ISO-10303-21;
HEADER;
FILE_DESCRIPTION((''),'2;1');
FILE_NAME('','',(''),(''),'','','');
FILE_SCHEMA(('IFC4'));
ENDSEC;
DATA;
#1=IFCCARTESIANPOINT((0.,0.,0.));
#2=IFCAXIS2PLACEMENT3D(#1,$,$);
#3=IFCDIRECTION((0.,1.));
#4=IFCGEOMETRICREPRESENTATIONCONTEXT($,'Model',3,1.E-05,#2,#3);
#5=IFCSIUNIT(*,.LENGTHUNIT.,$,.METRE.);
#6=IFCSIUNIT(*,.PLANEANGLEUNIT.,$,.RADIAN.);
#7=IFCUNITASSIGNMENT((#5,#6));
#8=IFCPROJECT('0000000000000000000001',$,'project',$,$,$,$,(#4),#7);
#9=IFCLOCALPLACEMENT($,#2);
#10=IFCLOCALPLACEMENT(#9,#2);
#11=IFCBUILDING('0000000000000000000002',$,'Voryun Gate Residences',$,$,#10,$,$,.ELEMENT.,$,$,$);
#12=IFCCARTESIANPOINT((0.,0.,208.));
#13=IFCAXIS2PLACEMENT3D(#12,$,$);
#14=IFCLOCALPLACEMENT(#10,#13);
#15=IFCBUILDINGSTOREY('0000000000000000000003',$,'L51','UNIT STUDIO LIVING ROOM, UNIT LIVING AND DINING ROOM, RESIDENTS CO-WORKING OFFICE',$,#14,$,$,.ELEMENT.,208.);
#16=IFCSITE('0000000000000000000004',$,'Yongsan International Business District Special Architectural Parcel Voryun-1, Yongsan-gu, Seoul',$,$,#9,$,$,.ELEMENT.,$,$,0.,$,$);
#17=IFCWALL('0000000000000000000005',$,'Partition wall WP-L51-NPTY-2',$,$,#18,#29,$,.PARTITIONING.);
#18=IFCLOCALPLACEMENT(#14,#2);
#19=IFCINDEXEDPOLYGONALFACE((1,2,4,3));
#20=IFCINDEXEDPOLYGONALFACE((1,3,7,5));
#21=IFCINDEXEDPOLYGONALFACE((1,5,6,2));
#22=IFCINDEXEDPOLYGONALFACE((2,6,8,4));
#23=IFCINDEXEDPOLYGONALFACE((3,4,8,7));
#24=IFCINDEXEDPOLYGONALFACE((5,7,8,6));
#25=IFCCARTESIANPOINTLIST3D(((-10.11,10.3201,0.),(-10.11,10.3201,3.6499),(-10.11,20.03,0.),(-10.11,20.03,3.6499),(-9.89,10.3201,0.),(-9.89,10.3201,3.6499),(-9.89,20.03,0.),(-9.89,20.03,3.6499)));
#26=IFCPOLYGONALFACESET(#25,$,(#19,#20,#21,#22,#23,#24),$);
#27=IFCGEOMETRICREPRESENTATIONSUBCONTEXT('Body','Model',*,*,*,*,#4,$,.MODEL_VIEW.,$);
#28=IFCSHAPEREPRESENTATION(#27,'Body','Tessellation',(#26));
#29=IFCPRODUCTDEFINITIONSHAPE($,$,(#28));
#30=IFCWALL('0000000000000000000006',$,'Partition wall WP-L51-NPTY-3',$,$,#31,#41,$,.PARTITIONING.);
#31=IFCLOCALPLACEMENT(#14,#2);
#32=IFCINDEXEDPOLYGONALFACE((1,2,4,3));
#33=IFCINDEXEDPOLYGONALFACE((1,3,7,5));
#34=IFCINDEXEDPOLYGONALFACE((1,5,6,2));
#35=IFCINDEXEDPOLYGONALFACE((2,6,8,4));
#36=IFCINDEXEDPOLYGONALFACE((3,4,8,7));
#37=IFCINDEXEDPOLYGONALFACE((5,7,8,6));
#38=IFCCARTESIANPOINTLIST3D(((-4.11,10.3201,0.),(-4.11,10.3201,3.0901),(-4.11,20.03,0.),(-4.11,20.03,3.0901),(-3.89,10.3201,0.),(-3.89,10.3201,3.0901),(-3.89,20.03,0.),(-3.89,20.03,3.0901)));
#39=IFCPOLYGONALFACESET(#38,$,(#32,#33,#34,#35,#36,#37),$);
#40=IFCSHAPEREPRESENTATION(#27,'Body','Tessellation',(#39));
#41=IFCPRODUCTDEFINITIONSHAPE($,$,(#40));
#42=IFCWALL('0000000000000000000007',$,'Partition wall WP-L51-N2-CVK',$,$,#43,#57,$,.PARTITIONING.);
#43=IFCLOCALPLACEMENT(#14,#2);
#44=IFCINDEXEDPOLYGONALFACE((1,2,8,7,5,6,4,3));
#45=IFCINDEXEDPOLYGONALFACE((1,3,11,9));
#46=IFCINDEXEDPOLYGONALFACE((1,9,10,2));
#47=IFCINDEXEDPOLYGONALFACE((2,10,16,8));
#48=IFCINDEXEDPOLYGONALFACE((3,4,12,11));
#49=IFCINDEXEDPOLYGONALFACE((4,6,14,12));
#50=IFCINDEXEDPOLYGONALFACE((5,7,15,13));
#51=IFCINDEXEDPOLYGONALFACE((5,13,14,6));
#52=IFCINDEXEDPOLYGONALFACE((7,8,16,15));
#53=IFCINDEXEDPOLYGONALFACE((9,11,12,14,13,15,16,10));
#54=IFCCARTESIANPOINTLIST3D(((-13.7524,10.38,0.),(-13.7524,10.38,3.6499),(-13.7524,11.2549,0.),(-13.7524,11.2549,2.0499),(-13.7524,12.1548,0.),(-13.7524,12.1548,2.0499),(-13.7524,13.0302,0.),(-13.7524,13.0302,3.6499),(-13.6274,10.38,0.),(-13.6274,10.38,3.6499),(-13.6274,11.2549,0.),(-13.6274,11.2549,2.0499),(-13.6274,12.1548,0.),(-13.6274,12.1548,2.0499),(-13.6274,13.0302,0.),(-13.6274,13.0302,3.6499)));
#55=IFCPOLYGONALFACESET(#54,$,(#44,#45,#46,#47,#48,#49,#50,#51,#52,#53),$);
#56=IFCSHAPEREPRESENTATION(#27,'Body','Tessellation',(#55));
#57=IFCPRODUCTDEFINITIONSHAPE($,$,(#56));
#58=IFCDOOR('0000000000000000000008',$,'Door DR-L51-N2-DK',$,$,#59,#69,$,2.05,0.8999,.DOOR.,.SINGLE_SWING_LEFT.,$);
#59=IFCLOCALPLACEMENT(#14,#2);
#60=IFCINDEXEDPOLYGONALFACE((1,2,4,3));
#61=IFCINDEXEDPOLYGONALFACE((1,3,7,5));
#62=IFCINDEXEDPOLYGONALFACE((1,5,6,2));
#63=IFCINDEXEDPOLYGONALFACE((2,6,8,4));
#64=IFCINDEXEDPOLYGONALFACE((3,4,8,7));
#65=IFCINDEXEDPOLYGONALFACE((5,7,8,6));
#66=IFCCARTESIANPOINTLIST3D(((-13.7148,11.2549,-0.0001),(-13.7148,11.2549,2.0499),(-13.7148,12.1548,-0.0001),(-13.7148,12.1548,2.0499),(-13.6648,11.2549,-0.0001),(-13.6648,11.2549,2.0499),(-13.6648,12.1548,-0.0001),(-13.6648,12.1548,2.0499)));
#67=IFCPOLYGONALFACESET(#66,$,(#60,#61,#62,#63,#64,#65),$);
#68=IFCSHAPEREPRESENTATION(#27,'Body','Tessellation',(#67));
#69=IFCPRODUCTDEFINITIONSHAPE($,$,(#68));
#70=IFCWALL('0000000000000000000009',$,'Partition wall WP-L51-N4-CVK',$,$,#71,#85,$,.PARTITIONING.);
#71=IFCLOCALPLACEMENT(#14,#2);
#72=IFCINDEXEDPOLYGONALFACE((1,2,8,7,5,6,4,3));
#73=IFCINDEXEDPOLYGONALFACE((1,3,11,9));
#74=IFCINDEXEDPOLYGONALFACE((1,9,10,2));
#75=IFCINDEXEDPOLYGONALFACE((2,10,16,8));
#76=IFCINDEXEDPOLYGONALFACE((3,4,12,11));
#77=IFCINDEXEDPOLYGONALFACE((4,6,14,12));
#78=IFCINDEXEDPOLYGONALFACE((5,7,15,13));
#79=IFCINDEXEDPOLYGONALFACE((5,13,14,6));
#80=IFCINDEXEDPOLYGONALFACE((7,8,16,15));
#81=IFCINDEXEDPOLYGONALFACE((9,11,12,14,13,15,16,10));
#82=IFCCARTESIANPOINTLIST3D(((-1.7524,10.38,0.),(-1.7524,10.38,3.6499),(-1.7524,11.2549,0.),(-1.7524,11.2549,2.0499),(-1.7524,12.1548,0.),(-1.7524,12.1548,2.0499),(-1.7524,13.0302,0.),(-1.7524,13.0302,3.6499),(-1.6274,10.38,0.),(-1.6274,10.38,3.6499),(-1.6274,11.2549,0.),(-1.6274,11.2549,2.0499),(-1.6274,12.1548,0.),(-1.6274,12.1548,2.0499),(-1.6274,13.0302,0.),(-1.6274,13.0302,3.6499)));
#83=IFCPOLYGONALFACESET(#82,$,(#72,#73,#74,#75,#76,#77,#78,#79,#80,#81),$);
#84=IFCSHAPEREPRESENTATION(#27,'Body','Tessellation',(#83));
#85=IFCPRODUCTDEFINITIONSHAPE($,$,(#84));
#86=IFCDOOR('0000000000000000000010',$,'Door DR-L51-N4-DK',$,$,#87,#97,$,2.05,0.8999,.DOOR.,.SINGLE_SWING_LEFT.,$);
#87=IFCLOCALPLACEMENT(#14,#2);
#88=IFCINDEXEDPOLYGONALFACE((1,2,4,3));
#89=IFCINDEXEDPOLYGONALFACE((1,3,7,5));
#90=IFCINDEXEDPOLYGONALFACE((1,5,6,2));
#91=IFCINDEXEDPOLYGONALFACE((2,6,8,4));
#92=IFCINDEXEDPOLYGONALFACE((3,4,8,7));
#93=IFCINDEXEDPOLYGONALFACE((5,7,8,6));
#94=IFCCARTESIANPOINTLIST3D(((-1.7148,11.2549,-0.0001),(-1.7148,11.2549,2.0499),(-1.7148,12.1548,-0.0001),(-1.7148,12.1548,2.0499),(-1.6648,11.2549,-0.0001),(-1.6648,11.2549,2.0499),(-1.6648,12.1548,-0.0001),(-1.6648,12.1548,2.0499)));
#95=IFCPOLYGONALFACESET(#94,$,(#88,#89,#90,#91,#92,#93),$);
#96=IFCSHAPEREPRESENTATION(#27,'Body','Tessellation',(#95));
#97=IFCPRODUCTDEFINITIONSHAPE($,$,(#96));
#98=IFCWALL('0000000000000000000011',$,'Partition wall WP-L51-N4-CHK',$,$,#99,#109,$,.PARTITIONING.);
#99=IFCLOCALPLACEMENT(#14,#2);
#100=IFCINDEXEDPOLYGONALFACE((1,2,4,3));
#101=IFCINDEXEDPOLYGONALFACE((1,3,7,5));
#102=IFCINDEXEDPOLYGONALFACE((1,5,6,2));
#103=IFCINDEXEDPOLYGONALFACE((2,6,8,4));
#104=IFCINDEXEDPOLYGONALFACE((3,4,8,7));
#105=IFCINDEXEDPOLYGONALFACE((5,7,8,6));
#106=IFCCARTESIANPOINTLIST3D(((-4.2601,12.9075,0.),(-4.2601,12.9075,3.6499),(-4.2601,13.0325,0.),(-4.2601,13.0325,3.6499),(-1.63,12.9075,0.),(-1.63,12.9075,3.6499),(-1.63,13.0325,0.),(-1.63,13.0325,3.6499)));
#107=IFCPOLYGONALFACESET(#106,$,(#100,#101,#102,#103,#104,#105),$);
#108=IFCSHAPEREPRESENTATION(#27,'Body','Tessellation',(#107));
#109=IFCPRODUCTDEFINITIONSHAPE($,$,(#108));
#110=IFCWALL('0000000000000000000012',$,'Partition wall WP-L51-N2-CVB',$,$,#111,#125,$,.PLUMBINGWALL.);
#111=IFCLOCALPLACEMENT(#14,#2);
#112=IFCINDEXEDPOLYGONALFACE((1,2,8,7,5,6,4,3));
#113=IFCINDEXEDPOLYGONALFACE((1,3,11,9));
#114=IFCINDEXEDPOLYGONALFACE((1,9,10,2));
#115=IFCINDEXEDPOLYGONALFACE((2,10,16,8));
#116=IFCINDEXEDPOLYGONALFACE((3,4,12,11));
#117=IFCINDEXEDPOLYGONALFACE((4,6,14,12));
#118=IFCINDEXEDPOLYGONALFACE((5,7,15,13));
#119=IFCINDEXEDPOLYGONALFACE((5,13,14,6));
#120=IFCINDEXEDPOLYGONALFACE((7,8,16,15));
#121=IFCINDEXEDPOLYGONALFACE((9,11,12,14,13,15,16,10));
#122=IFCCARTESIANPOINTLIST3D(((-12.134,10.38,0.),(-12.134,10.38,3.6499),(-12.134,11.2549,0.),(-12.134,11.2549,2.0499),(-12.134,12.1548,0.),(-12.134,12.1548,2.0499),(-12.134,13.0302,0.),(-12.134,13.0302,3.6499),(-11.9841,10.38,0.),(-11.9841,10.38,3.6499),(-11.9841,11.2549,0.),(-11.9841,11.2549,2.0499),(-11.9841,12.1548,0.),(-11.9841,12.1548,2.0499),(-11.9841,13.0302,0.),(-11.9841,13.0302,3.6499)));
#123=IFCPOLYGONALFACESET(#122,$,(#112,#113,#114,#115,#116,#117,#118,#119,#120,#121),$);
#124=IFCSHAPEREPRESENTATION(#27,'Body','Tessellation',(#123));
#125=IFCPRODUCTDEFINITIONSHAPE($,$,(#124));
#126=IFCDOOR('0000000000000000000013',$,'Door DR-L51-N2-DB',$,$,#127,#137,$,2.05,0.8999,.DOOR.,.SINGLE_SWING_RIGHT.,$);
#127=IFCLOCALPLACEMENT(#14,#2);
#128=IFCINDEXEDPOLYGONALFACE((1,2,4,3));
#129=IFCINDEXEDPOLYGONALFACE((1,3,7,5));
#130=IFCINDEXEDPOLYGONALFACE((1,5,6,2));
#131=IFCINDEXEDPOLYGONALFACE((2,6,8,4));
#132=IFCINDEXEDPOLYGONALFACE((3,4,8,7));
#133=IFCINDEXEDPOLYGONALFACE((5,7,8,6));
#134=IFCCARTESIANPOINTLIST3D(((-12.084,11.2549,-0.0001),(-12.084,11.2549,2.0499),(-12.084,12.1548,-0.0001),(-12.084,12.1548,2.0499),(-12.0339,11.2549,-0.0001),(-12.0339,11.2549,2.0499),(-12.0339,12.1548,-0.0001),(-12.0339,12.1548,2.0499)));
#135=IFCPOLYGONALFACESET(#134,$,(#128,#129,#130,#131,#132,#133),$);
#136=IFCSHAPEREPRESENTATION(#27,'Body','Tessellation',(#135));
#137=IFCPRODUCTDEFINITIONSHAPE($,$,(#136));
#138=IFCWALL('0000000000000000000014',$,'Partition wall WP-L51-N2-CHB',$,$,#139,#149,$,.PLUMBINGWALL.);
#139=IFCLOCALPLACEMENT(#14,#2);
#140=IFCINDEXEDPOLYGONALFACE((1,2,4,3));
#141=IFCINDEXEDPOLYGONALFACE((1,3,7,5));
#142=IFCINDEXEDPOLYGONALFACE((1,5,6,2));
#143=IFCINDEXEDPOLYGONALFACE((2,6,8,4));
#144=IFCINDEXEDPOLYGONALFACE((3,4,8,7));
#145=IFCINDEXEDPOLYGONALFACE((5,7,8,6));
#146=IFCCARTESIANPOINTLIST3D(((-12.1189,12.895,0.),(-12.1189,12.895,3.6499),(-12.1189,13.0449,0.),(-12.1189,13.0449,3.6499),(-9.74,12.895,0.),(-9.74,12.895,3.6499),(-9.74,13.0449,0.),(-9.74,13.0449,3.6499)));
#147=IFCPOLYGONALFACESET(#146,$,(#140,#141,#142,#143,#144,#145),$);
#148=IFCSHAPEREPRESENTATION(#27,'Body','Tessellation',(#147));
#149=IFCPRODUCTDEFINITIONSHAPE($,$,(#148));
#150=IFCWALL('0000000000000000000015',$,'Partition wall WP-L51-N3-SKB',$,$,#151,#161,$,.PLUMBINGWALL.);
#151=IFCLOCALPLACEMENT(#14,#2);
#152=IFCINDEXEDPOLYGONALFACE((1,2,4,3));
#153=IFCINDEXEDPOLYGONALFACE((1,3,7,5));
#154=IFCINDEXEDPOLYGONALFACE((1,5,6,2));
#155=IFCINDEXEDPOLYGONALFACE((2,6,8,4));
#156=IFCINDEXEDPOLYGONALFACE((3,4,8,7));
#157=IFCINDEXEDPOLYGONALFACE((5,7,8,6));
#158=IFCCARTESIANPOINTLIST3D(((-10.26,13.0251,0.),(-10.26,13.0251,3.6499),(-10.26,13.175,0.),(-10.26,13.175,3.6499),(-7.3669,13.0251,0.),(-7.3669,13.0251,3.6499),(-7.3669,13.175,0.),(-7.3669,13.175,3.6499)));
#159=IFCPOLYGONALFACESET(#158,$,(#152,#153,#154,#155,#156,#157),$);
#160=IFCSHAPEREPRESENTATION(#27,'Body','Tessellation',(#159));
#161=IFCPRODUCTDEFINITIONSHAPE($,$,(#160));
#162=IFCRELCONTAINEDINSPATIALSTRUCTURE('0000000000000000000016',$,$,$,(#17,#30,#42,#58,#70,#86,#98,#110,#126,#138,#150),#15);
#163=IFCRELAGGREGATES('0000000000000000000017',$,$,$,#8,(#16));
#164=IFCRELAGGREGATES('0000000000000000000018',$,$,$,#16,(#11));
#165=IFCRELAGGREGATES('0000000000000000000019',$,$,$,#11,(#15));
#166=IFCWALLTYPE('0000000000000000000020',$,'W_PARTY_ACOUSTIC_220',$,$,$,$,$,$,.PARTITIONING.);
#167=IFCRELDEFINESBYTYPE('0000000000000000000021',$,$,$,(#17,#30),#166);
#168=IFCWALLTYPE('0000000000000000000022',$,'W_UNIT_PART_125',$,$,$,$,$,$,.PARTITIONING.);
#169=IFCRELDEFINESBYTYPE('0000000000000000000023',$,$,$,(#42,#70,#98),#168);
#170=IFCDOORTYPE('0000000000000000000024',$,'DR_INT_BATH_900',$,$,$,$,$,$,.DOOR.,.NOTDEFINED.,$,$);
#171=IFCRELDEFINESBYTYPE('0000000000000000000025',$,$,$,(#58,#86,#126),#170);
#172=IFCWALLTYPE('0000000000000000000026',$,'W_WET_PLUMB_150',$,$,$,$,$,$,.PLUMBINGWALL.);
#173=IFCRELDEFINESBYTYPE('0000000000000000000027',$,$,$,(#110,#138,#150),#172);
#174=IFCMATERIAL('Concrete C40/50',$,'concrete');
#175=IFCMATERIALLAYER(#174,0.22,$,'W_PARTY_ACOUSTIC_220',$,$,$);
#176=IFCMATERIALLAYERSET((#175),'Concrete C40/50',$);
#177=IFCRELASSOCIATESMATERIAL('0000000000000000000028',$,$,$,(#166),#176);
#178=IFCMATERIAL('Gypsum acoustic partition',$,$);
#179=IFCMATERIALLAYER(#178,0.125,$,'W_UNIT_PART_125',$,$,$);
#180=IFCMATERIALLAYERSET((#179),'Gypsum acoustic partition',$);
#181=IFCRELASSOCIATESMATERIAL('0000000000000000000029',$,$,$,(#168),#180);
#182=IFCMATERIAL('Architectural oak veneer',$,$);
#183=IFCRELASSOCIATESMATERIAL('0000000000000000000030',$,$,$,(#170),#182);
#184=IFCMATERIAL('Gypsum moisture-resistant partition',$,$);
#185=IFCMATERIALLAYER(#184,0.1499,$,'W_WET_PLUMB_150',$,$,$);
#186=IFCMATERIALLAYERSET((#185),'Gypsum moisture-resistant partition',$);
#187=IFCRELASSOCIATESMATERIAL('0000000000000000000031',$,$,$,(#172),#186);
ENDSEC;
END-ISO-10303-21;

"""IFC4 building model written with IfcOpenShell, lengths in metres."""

from ifc_helpers import new_model, si_unit, direction, frame, frame_2d, origin, place, context, subcontext, project, spatial, rectangle, extrude, material, layer, layer_set, type_object, element, fill, save


model = new_model("IFC4")

# Units and contexts
model_context = context("Model", 3, precision=1e-05, world=origin(), true_north=direction((0.0, 1.0)))
body_context = subcontext(model_context, "Body", "Model", "MODEL_VIEW")
ifc_project = project(units=[si_unit("LENGTHUNIT", "METRE"), si_unit("PLANEANGLEUNIT", "RADIAN")], contexts=[model_context])

# Site, building, storey
site_placement = place(None, origin())
site = spatial("IfcSite", under=ifc_project, at=site_placement, Name="Yongsan International Business District Special Architectural Parcel Voryun-1, Yongsan-gu, Seoul", CompositionType="ELEMENT", RefElevation=0.0)
building_placement = place(site_placement, origin())
building = spatial("IfcBuilding", under=site, at=building_placement, Name="Voryun Gate Residences", CompositionType="ELEMENT")
storey_placement = place(building_placement, frame((0.0, 0.0, 208.0)))
storey = spatial("IfcBuildingStorey", under=building, at=storey_placement, Name="L51", Description="UNIT STUDIO LIVING ROOM, UNIT LIVING AND DINING ROOM, RESIDENTS CO-WORKING OFFICE", CompositionType="ELEMENT", Elevation=208.0)

# Walls
ifc_material_1 = material(Name="Concrete C40/50", Category="concrete")
ifc_layer_1 = layer(ifc_material_1, 0.22, Name="W_PARTY_ACOUSTIC_220")
ifc_layer_set_1 = layer_set([ifc_layer_1], Name="Concrete C40/50")
wall_type_1 = type_object("IfcWallType", Name="W_PARTY_ACOUSTIC_220", PredefinedType="PARTITIONING", material=ifc_layer_set_1)
for number, where, z_axis, x_axis, name in (
    (1, (-10.0, 10.3201, 0.0), (0.0, 0.0, 1.0), (0.0, 1.0, 0.0), "Partition wall WP-L51-NPTY-2"),
):
    element("IfcWall", number, at=place(storey_placement, frame(where, z_axis=z_axis, x_axis=x_axis)), inside=storey, type_object=wall_type_1, Name=name, PredefinedType="PARTITIONING", context=body_context, shape_type="SweptSolid", body=[
        extrude(rectangle(XDim=9.71, YDim=0.22, at=frame_2d((4.855, 0.0))), origin(), (0.0, 0.0, 1.0), 3.6499),
    ])
wall_1_placement = place(storey_placement, frame((-4.0, 10.3201, 0.0), z_axis=(0.0, 0.0, 1.0), x_axis=(0.0, 1.0, 0.0)))
element("IfcWall", 2, at=wall_1_placement, inside=storey, type_object=wall_type_1, Name="Partition wall WP-L51-NPTY-3", PredefinedType="PARTITIONING", context=body_context, shape_type="SweptSolid", body=[
    extrude(rectangle(XDim=9.71, YDim=0.22, at=frame_2d((4.855, 0.0))), origin(), (0.0, 0.0, 1.0), 3.0901),
])

# Walls, openings, doors
ifc_material_2 = material(Name="Gypsum acoustic partition")
ifc_layer_2 = layer(ifc_material_2, 0.125, Name="W_UNIT_PART_125")
ifc_layer_set_2 = layer_set([ifc_layer_2], Name="Gypsum acoustic partition")
wall_type_2 = type_object("IfcWallType", Name="W_UNIT_PART_125", PredefinedType="PARTITIONING", material=ifc_layer_set_2)
wall_2_placement = place(storey_placement, frame((-13.6899, 10.3799, 0.0), z_axis=(0.0, 0.0, 1.0), x_axis=(0.0, 1.0, 0.0)))
wall_2 = element("IfcWall", 3, at=wall_2_placement, inside=storey, type_object=wall_type_2, Name="Partition wall WP-L51-N2-CVK", PredefinedType="PARTITIONING", context=body_context, shape_type="SweptSolid", body=[
    extrude(rectangle(XDim=2.6501, YDim=0.125, at=frame_2d((1.3252, 0.0))), origin(), (0.0, 0.0, 1.0), 3.6499),
])
opening_1_placement = place(wall_2_placement, frame((0.875, 0.0, 0.0)))
opening_1 = element("IfcOpeningElement", 4, at=opening_1_placement, cuts=wall_2, PredefinedType="OPENING", context=body_context, shape_type="SweptSolid", body=[
    extrude(rectangle(XDim=0.8999, YDim=2.05, at=frame_2d((0.45, 1.0249))), frame((0.0, 0.0725, 0.0), z_axis=(0.0, -1.0, 0.0), x_axis=(1.0, 0.0, 0.0)), (0.0, 0.0, 1.0), 0.145),
])
ifc_material_3 = material(Name="Architectural oak veneer")
door_type_1 = type_object("IfcDoorType", Name="DR_INT_BATH_900", OperationType="NOTDEFINED", PredefinedType="DOOR", material=ifc_material_3)
door_1_placement = place(opening_1_placement, origin())
door_1 = element("IfcDoor", 5, at=door_1_placement, inside=storey, type_object=door_type_1, Name="Door DR-L51-N2-DK", OperationType="SINGLE_SWING_LEFT", OverallHeight=2.05, OverallWidth=0.8999, PredefinedType="DOOR", context=body_context, shape_type="SweptSolid", body=[
    extrude(rectangle(XDim=0.8999, YDim=2.05, at=frame_2d((0.45, 1.0249))), frame((0.0, 0.0249, 0.0), z_axis=(0.0, -1.0, 0.0), x_axis=(1.0, 0.0, 0.0)), (0.0, 0.0, 1.0), 0.05),
])
fill(opening_1, door_1)
wall_3_placement = place(storey_placement, frame((-1.6899, 10.3799, 0.0), z_axis=(0.0, 0.0, 1.0), x_axis=(0.0, 1.0, 0.0)))
wall_3 = element("IfcWall", 6, at=wall_3_placement, inside=storey, type_object=wall_type_2, Name="Partition wall WP-L51-N4-CVK", PredefinedType="PARTITIONING", context=body_context, shape_type="SweptSolid", body=[
    extrude(rectangle(XDim=2.6501, YDim=0.125, at=frame_2d((1.3252, 0.0))), origin(), (0.0, 0.0, 1.0), 3.6499),
])
opening_2_placement = place(wall_3_placement, frame((0.875, 0.0, 0.0)))
opening_2 = element("IfcOpeningElement", 7, at=opening_2_placement, cuts=wall_3, PredefinedType="OPENING", context=body_context, shape_type="SweptSolid", body=[
    extrude(rectangle(XDim=0.8999, YDim=2.05, at=frame_2d((0.45, 1.0249))), frame((0.0, 0.0725, 0.0), z_axis=(0.0, -1.0, 0.0), x_axis=(1.0, 0.0, 0.0)), (0.0, 0.0, 1.0), 0.145),
])
door_2_placement = place(opening_2_placement, origin())
door_2 = element("IfcDoor", 8, at=door_2_placement, inside=storey, type_object=door_type_1, Name="Door DR-L51-N4-DK", OperationType="SINGLE_SWING_LEFT", OverallHeight=2.05, OverallWidth=0.8999, PredefinedType="DOOR", context=body_context, shape_type="SweptSolid", body=[
    extrude(rectangle(XDim=0.8999, YDim=2.05, at=frame_2d((0.45, 1.0249))), frame((0.0, 0.0249, 0.0), z_axis=(0.0, -1.0, 0.0), x_axis=(1.0, 0.0, 0.0)), (0.0, 0.0, 1.0), 0.05),
])
fill(opening_2, door_2)

# Wall
wall_4_placement = place(storey_placement, frame((-4.26, 12.97, 0.0), z_axis=(0.0, 0.0, 1.0), x_axis=(1.0, 0.0, 0.0)))
element("IfcWall", 9, at=wall_4_placement, inside=storey, type_object=wall_type_2, Name="Partition wall WP-L51-N4-CHK", PredefinedType="PARTITIONING", context=body_context, shape_type="SweptSolid", body=[
    extrude(rectangle(XDim=2.6301, YDim=0.125, at=frame_2d((1.3149, 0.0))), origin(), (0.0, 0.0, 1.0), 3.6499),
])

# Wall, opening, door
ifc_material_4 = material(Name="Gypsum moisture-resistant partition")
ifc_layer_3 = layer(ifc_material_4, 0.1499, Name="W_WET_PLUMB_150")
ifc_layer_set_3 = layer_set([ifc_layer_3], Name="Gypsum moisture-resistant partition")
wall_type_3 = type_object("IfcWallType", Name="W_WET_PLUMB_150", PredefinedType="PLUMBINGWALL", material=ifc_layer_set_3)
wall_5_placement = place(storey_placement, frame((-12.0591, 10.3799, 0.0), z_axis=(0.0, 0.0, 1.0), x_axis=(0.0, 1.0, 0.0)))
wall_5 = element("IfcWall", 10, at=wall_5_placement, inside=storey, type_object=wall_type_3, Name="Partition wall WP-L51-N2-CVB", PredefinedType="PLUMBINGWALL", context=body_context, shape_type="SweptSolid", body=[
    extrude(rectangle(XDim=2.6501, YDim=0.1499, at=frame_2d((1.3252, 0.0))), origin(), (0.0, 0.0, 1.0), 3.6499),
])
opening_3_placement = place(wall_5_placement, frame((0.875, 0.0, 0.0)))
opening_3 = element("IfcOpeningElement", 11, at=opening_3_placement, cuts=wall_5, PredefinedType="OPENING", context=body_context, shape_type="SweptSolid", body=[
    extrude(rectangle(XDim=0.8999, YDim=2.05, at=frame_2d((0.45, 1.0249))), frame((0.0, 0.085, 0.0), z_axis=(0.0, -1.0, 0.0), x_axis=(1.0, 0.0, 0.0)), (0.0, 0.0, 1.0), 0.1699),
])
door_3_placement = place(opening_3_placement, origin())
door_3 = element("IfcDoor", 12, at=door_3_placement, inside=storey, type_object=door_type_1, Name="Door DR-L51-N2-DB", OperationType="SINGLE_SWING_RIGHT", OverallHeight=2.05, OverallWidth=0.8999, PredefinedType="DOOR", context=body_context, shape_type="SweptSolid", body=[
    extrude(rectangle(XDim=0.8999, YDim=2.05, at=frame_2d((0.45, 1.0249))), frame((0.0, 0.0249, 0.0), z_axis=(0.0, -1.0, 0.0), x_axis=(1.0, 0.0, 0.0)), (0.0, 0.0, 1.0), 0.05),
])
fill(opening_3, door_3)

# Walls
wall_6_placement = place(storey_placement, frame((-12.1189, 12.97, 0.0), z_axis=(0.0, 0.0, 1.0), x_axis=(1.0, 0.0, 0.0)))
element("IfcWall", 13, at=wall_6_placement, inside=storey, type_object=wall_type_3, Name="Partition wall WP-L51-N2-CHB", PredefinedType="PLUMBINGWALL", context=body_context, shape_type="SweptSolid", body=[
    extrude(rectangle(XDim=2.3789, YDim=0.1499, at=frame_2d((1.1895, 0.0))), origin(), (0.0, 0.0, 1.0), 3.6499),
])
wall_7_placement = place(storey_placement, frame((-10.26, 13.1001, 0.0), z_axis=(0.0, 0.0, 1.0), x_axis=(1.0, 0.0, 0.0)))
element("IfcWall", 14, at=wall_7_placement, inside=storey, type_object=wall_type_3, Name="Partition wall WP-L51-N3-SKB", PredefinedType="PLUMBINGWALL", context=body_context, shape_type="SweptSolid", body=[
    extrude(rectangle(XDim=2.8931, YDim=0.1499, at=frame_2d((1.4465, 0.0))), origin(), (0.0, 0.0, 1.0), 3.6499),
])

save(model, "model.ifc")
